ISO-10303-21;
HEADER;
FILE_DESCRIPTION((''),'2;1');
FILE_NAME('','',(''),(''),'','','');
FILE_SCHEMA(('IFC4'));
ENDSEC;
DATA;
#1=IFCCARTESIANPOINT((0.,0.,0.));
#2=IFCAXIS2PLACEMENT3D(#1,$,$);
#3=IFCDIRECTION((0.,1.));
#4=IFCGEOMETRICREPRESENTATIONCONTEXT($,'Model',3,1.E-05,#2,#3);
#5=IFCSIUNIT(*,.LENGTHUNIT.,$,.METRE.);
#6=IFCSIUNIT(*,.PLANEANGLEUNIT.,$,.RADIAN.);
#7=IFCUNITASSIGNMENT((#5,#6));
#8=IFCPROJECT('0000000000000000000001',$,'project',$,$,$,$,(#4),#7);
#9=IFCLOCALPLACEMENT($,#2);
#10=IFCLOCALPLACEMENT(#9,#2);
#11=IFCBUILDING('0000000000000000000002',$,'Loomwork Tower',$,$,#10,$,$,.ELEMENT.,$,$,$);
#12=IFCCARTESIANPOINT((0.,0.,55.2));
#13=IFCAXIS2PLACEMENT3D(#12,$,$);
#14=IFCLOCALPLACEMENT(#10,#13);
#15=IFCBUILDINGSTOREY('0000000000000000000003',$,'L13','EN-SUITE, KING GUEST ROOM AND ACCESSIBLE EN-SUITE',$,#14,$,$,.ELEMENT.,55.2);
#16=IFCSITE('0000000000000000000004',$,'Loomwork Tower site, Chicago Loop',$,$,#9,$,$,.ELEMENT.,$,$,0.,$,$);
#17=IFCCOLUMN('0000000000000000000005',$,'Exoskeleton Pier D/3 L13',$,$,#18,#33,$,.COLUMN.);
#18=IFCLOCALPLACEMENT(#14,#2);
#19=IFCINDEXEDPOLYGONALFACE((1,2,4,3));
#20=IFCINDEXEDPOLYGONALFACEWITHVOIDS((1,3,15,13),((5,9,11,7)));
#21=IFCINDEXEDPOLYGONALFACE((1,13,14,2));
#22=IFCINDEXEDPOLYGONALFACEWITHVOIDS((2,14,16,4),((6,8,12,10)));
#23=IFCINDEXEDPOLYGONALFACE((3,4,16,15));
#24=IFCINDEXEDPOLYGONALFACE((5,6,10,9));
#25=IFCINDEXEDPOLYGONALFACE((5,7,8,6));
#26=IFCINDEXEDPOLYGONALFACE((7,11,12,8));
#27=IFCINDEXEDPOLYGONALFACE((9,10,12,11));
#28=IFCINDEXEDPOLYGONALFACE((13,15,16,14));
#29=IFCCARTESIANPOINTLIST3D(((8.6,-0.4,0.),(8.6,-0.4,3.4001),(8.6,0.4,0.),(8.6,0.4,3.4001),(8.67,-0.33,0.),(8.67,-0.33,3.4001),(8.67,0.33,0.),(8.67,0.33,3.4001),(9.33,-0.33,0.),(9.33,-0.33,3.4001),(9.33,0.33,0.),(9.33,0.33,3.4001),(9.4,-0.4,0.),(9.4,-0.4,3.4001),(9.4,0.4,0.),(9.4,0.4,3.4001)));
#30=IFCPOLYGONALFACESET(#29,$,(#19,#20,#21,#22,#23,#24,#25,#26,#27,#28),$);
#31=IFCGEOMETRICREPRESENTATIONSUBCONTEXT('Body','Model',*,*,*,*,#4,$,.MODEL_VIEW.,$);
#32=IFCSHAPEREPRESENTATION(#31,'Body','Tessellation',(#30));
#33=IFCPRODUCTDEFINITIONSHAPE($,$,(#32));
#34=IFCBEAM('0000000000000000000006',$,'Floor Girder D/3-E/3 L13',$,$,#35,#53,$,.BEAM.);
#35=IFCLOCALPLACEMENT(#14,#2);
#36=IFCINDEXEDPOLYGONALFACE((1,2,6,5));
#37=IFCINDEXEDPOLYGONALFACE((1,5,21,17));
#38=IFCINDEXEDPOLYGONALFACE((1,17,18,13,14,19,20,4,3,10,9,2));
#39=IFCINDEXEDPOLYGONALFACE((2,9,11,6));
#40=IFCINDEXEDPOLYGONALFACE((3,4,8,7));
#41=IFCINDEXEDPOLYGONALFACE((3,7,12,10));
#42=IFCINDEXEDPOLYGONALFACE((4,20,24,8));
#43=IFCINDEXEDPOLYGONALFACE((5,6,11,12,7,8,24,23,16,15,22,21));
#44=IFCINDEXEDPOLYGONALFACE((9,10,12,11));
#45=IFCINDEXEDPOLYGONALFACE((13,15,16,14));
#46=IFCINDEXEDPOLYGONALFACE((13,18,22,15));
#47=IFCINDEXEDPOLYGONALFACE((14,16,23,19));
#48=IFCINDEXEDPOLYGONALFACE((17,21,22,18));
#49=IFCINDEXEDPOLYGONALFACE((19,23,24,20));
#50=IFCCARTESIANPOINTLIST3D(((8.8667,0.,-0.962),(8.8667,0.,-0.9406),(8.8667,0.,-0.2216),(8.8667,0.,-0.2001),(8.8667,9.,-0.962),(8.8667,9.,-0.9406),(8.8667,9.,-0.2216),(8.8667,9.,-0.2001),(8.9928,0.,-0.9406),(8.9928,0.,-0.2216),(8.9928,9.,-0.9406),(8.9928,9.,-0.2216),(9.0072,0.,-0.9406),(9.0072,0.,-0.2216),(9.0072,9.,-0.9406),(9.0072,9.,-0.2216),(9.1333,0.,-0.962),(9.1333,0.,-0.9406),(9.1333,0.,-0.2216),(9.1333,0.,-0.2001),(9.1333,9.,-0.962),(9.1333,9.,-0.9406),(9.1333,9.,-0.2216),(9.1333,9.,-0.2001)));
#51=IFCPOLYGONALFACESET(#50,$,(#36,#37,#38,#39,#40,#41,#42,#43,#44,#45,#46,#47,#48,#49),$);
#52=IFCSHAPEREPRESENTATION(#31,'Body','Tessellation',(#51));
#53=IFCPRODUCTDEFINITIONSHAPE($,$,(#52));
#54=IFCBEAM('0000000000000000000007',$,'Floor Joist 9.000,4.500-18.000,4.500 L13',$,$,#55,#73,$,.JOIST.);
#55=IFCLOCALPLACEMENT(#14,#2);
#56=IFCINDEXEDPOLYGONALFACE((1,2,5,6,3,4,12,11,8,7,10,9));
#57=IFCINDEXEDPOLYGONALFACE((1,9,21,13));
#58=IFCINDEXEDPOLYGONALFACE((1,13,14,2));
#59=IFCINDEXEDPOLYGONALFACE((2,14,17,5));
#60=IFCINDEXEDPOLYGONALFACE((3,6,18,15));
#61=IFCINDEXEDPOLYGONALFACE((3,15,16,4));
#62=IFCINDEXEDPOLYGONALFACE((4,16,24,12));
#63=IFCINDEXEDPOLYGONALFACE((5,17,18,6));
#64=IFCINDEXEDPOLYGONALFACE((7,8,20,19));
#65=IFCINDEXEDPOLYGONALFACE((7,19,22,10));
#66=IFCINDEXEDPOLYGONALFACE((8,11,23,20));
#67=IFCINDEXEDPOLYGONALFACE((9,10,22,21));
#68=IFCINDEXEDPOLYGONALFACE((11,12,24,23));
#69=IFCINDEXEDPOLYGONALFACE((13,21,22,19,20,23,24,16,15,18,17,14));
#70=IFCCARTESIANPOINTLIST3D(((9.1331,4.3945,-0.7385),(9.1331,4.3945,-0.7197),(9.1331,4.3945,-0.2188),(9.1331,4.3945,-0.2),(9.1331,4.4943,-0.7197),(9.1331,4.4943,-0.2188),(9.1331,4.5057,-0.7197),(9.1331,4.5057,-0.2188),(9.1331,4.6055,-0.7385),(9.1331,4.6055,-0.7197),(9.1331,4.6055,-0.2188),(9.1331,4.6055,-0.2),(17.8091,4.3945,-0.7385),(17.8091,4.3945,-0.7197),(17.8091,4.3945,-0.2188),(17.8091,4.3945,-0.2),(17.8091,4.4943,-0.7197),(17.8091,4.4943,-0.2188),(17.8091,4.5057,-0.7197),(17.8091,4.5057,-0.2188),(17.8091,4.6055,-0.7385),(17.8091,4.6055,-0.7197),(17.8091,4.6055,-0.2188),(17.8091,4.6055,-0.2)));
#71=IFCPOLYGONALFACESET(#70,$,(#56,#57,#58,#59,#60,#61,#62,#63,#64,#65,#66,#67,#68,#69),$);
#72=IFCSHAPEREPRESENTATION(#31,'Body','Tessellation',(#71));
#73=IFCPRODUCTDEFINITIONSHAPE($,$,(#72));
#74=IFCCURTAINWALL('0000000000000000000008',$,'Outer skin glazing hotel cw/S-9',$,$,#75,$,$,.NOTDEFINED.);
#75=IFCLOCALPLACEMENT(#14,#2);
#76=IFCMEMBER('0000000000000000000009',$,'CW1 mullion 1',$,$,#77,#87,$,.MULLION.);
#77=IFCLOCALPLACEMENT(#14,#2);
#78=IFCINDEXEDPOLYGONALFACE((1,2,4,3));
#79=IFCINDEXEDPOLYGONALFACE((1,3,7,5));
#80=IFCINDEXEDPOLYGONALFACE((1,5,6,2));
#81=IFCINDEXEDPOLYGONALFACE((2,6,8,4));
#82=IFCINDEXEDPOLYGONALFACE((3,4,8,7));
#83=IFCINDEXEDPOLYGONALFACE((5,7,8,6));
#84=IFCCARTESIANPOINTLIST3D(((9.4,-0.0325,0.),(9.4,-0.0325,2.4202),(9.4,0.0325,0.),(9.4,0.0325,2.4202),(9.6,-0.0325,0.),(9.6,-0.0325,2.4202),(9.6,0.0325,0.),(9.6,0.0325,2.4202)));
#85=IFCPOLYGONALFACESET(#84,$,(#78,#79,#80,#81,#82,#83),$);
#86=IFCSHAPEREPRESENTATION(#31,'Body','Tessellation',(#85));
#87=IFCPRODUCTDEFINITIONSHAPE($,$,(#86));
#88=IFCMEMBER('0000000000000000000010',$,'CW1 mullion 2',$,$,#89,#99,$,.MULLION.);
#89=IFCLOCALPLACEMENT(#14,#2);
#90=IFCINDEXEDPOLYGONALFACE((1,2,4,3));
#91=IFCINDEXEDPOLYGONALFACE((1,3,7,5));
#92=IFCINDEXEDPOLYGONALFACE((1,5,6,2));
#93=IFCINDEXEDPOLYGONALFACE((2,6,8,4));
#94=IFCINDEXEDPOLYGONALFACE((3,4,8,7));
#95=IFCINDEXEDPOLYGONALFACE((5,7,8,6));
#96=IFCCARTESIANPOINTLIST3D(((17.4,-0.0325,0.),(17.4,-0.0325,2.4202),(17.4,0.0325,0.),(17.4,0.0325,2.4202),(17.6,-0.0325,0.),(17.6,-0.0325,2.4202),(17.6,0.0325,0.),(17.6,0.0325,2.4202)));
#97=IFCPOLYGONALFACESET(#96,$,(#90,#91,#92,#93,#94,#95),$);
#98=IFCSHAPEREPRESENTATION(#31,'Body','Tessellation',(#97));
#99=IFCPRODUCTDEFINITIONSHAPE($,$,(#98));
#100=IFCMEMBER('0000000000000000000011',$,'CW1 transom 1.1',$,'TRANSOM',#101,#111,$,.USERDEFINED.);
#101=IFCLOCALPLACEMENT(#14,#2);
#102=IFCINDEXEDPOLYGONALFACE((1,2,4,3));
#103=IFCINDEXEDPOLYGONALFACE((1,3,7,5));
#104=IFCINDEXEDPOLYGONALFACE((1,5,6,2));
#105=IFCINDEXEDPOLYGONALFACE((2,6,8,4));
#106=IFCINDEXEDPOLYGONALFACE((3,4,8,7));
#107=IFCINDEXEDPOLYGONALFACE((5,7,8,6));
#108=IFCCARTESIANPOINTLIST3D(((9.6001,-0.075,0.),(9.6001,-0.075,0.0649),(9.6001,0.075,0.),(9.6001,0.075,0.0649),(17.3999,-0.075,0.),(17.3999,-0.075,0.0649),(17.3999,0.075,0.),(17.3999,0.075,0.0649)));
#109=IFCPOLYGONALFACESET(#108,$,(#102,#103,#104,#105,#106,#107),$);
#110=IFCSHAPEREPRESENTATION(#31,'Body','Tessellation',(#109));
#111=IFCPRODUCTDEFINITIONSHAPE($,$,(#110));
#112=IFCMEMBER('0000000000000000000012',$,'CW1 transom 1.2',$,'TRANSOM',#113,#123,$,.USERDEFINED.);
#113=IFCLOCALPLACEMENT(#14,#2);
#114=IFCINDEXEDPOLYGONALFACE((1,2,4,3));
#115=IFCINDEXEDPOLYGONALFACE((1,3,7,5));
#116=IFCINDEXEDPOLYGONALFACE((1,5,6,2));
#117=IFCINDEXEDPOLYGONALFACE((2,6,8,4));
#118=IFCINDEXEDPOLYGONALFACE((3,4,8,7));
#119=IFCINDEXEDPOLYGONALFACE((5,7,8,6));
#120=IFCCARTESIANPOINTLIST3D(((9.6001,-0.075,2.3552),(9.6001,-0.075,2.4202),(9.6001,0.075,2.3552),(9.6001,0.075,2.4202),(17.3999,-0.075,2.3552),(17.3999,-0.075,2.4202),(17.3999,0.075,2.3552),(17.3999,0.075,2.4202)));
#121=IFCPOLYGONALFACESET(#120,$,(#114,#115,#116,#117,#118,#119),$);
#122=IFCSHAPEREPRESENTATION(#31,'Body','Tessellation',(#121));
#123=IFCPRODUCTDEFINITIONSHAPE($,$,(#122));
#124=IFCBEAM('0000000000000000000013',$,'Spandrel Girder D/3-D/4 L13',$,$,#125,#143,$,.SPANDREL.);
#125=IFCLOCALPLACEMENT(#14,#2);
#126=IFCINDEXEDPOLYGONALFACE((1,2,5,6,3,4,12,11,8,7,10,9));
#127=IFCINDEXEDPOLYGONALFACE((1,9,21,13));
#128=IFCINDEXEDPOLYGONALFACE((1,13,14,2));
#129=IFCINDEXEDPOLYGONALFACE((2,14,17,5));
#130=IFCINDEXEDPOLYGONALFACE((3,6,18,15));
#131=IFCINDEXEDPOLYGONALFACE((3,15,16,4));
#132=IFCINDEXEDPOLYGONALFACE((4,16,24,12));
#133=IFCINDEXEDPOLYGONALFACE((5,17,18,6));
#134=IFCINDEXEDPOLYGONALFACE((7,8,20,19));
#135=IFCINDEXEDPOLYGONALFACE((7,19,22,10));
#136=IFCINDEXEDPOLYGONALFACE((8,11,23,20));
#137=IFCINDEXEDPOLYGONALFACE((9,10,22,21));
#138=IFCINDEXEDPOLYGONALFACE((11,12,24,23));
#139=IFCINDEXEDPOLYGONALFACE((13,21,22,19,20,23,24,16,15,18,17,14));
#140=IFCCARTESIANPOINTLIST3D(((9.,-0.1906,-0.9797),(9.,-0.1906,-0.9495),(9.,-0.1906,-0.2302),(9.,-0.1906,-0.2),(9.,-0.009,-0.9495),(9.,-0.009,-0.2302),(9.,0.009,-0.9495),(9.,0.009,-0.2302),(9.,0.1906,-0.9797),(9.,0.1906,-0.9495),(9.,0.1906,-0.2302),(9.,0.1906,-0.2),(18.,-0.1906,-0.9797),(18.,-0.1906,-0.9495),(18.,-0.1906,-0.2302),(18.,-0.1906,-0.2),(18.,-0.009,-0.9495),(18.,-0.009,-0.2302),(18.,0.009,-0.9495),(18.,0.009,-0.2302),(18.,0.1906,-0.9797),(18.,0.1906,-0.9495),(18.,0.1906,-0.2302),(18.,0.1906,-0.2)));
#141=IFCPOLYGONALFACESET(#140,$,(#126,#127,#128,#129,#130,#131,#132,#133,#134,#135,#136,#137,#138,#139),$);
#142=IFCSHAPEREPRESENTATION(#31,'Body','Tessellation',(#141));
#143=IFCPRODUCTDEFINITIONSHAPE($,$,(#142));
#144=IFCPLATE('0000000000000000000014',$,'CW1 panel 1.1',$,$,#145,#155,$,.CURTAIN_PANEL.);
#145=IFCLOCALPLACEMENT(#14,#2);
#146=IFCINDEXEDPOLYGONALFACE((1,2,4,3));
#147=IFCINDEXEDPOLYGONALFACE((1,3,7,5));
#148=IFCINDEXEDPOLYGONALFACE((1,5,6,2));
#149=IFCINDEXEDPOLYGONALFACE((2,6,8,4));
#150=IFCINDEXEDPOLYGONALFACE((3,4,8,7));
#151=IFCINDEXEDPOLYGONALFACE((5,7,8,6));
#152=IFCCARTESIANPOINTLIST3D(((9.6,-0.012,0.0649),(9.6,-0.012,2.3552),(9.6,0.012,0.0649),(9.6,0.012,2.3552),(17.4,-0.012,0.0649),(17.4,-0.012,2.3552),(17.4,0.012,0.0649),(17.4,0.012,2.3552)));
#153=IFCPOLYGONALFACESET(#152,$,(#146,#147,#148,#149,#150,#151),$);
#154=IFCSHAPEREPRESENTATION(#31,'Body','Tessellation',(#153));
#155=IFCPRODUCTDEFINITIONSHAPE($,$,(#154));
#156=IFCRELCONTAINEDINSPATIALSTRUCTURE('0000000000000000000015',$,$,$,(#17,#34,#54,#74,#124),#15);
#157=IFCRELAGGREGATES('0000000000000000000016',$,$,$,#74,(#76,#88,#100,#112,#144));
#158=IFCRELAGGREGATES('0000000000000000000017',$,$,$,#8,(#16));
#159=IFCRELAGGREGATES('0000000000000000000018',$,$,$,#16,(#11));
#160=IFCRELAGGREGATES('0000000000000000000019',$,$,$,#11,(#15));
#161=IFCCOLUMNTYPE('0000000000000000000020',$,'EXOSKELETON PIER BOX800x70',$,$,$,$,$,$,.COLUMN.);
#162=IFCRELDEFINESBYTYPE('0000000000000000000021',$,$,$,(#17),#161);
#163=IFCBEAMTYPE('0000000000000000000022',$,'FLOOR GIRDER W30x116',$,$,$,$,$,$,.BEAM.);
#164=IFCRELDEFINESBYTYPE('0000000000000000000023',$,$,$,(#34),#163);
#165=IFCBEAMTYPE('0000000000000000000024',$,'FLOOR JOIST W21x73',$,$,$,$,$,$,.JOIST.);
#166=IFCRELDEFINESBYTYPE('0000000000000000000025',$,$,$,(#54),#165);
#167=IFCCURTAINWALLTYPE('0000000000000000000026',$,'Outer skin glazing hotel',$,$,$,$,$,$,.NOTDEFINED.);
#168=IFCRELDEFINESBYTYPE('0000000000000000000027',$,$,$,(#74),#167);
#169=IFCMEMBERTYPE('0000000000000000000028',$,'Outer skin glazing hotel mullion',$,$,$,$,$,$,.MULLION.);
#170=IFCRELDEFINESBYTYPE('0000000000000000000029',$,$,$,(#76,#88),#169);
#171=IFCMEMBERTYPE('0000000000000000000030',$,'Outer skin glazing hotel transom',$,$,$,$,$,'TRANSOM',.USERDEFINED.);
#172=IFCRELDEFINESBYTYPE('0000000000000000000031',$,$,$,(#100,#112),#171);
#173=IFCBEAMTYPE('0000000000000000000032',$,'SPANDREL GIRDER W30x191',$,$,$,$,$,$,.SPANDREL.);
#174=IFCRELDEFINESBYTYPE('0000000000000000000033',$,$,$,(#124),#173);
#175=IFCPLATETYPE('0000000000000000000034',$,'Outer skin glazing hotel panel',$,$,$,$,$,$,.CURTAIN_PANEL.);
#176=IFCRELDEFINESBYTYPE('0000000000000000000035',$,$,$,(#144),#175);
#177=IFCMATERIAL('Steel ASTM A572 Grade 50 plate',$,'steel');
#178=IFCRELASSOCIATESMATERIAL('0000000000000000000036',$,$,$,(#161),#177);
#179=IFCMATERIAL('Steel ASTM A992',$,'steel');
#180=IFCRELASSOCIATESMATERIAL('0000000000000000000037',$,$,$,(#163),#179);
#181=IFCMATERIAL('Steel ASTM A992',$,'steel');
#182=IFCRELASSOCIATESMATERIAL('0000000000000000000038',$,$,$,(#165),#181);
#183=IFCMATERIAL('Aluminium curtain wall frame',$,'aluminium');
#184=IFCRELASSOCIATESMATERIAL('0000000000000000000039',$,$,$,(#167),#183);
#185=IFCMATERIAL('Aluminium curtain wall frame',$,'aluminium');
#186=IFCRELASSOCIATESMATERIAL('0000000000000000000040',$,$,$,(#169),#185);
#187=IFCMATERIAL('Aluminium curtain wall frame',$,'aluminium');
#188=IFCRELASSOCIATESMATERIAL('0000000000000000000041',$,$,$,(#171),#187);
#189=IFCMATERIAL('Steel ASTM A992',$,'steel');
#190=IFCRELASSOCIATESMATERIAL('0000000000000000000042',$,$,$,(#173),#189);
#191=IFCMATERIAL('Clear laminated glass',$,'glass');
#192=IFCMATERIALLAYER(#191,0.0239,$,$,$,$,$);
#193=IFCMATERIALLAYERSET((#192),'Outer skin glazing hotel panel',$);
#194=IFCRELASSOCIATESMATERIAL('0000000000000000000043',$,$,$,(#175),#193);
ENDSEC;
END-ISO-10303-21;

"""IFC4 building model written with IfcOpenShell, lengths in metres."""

from ifc_helpers import new_model, si_unit, direction, frame, origin, origin_2d, place, context, subcontext, project, spatial, rectangle, hollow_rectangle, i_section, extrude, material, layer, layer_set, material_profile, profile_set, type_object, element, aggregate, save


model = new_model("IFC4")

# Units and contexts
model_context = context("Model", 3, precision=1e-05, world=origin(), true_north=direction((0.0, 1.0)))
body_context = subcontext(model_context, "Body", "Model", "MODEL_VIEW")
ifc_project = project(units=[si_unit("LENGTHUNIT", "METRE"), si_unit("PLANEANGLEUNIT", "RADIAN")], contexts=[model_context])

# Site, building, storey
site_placement = place(None, origin())
site = spatial("IfcSite", under=ifc_project, at=site_placement, Name="Loomwork Tower site, Chicago Loop", CompositionType="ELEMENT", RefElevation=0.0)
building_placement = place(site_placement, origin())
building = spatial("IfcBuilding", under=site, at=building_placement, Name="Loomwork Tower", CompositionType="ELEMENT")
storey_placement = place(building_placement, frame((0.0, 0.0, 55.2)))
storey = spatial("IfcBuildingStorey", under=building, at=storey_placement, Name="L13", Description="EN-SUITE, KING GUEST ROOM AND ACCESSIBLE EN-SUITE", CompositionType="ELEMENT", Elevation=55.2)

# Column
ifc_material_1 = material(Name="Steel ASTM A572 Grade 50 plate", Category="steel")
ifc_material_profile_1 = material_profile(ifc_material_1, hollow_rectangle(XDim=0.8, YDim=0.8, WallThickness=0.0701, at=origin_2d()), Name="BOX800x70")
ifc_profile_set_1 = profile_set([ifc_material_profile_1], Name="Steel ASTM A572 Grade 50 plate")
column_type = type_object("IfcColumnType", Name="EXOSKELETON PIER BOX800x70", PredefinedType="COLUMN", material=ifc_profile_set_1)
column_placement = place(storey_placement, frame((9.0, 0.0, 0.0), z_axis=(0.0, 0.0, 1.0), x_axis=(1.0, 0.0, 0.0)))
element("IfcColumn", 1, at=column_placement, inside=storey, type_object=column_type, Name="Exoskeleton Pier D/3 L13", PredefinedType="COLUMN", context=body_context, shape_type="SweptSolid", body=[
    extrude(hollow_rectangle(XDim=0.8, YDim=0.8, WallThickness=0.0701, at=origin_2d()), origin(), (0.0, 0.0, 1.0), 3.4001),
])

# Beams
ifc_material_2 = material(Name="Steel ASTM A992", Category="steel")
ifc_material_profile_2 = material_profile(ifc_material_2, i_section(OverallWidth=0.2666, OverallDepth=0.762, WebThickness=0.0144, FlangeThickness=0.0215, at=origin_2d()), Name="W30x116")
ifc_profile_set_2 = profile_set([ifc_material_profile_2], Name="Steel ASTM A992")
beam_type_1 = type_object("IfcBeamType", Name="FLOOR GIRDER W30x116", PredefinedType="BEAM", material=ifc_profile_set_2)
beam_1_placement = place(storey_placement, frame((9.0, 0.0, -0.5811), z_axis=(0.0, 1.0, 0.0), x_axis=(-1.0, 0.0, 0.0)))
element("IfcBeam", 2, at=beam_1_placement, inside=storey, type_object=beam_type_1, Name="Floor Girder D/3-E/3 L13", PredefinedType="BEAM", context=body_context, shape_type="SweptSolid", body=[
    extrude(i_section(OverallWidth=0.2666, OverallDepth=0.762, WebThickness=0.0144, FlangeThickness=0.0215, at=origin_2d()), origin(), (0.0, 0.0, 1.0), 9.0),
])
ifc_material_3 = material(Name="Steel ASTM A992", Category="steel")
ifc_material_profile_3 = material_profile(ifc_material_3, i_section(OverallWidth=0.2109, OverallDepth=0.5386, WebThickness=0.0115, FlangeThickness=0.0188, at=origin_2d()), Name="W21x73")
ifc_profile_set_3 = profile_set([ifc_material_profile_3], Name="Steel ASTM A992")
beam_type_2 = type_object("IfcBeamType", Name="FLOOR JOIST W21x73", PredefinedType="JOIST", material=ifc_profile_set_3)
beam_2_placement = place(storey_placement, frame((9.1331, 4.5, -0.4692), z_axis=(1.0, 0.0, 0.0), x_axis=(0.0, 1.0, 0.0)))
element("IfcBeam", 3, at=beam_2_placement, inside=storey, type_object=beam_type_2, Name="Floor Joist 9.000,4.500-18.000,4.500 L13", PredefinedType="JOIST", context=body_context, shape_type="SweptSolid", body=[
    extrude(i_section(OverallWidth=0.2109, OverallDepth=0.5386, WebThickness=0.0115, FlangeThickness=0.0188, at=origin_2d()), origin(), (0.0, 0.0, 1.0), 8.676),
])

# Curtain wall, members
ifc_material_4 = material(Name="Aluminium curtain wall frame", Category="aluminium")
curtain_wall_type = type_object("IfcCurtainWallType", Name="Outer skin glazing hotel", PredefinedType="NOTDEFINED", material=ifc_material_4)
curtain_wall_placement = place(storey_placement, origin())
curtain_wall = element("IfcCurtainWall", 4, at=curtain_wall_placement, inside=storey, type_object=curtain_wall_type, Name="Outer skin glazing hotel cw/S-9", PredefinedType="NOTDEFINED")
ifc_material_5 = material(Name="Aluminium curtain wall frame", Category="aluminium")
ifc_material_profile_4 = material_profile(ifc_material_5, rectangle(XDim=0.0649, YDim=0.2, at=origin_2d()), Name="AL 65x200")
ifc_profile_set_4 = profile_set([ifc_material_profile_4], Name="Aluminium curtain wall frame")
member_type_1 = type_object("IfcMemberType", Name="Outer skin glazing hotel mullion", PredefinedType="MULLION", material=ifc_profile_set_4)
member_1_placement = place(storey_placement, frame((9.5, 0.0, 0.0), z_axis=(0.0, 0.0, 1.0), x_axis=(0.0, 1.0, 0.0)))
member_1 = element("IfcMember", 5, at=member_1_placement, type_object=member_type_1, Name="CW1 mullion 1", PredefinedType="MULLION", context=body_context, shape_type="SweptSolid", body=[
    extrude(rectangle(XDim=0.0649, YDim=0.2, at=origin_2d()), origin(), (0.0, 0.0, 1.0), 2.4202),
])
member_2_placement = place(storey_placement, frame((17.5, 0.0, 0.0), z_axis=(0.0, 0.0, 1.0), x_axis=(0.0, 1.0, 0.0)))
member_2 = element("IfcMember", 6, at=member_2_placement, type_object=member_type_1, Name="CW1 mullion 2", PredefinedType="MULLION", context=body_context, shape_type="SweptSolid", body=[
    extrude(rectangle(XDim=0.0649, YDim=0.2, at=origin_2d()), origin(), (0.0, 0.0, 1.0), 2.4202),
])
ifc_material_6 = material(Name="Aluminium curtain wall frame", Category="aluminium")
ifc_material_profile_5 = material_profile(ifc_material_6, rectangle(XDim=0.1499, YDim=0.0649, at=origin_2d()), Name="AL 65x150")
ifc_profile_set_5 = profile_set([ifc_material_profile_5], Name="Aluminium curtain wall frame")
member_type_2 = type_object("IfcMemberType", Name="Outer skin glazing hotel transom", ElementType="TRANSOM", PredefinedType="USERDEFINED", material=ifc_profile_set_5)
member_3_placement = place(storey_placement, frame((9.6001, 0.0, 0.0325), z_axis=(1.0, 0.0, 0.0), x_axis=(0.0, 1.0, 0.0)))
member_3 = element("IfcMember", 7, at=member_3_placement, type_object=member_type_2, Name="CW1 transom 1.1", ObjectType="TRANSOM", PredefinedType="USERDEFINED", context=body_context, shape_type="SweptSolid", body=[
    extrude(rectangle(XDim=0.1499, YDim=0.0649, at=origin_2d()), origin(), (0.0, 0.0, 1.0), 7.7998),
])
member_4_placement = place(storey_placement, frame((9.6001, 0.0, 2.3877), z_axis=(1.0, 0.0, 0.0), x_axis=(0.0, 1.0, 0.0)))
member_4 = element("IfcMember", 8, at=member_4_placement, type_object=member_type_2, Name="CW1 transom 1.2", ObjectType="TRANSOM", PredefinedType="USERDEFINED", context=body_context, shape_type="SweptSolid", body=[
    extrude(rectangle(XDim=0.1499, YDim=0.0649, at=origin_2d()), origin(), (0.0, 0.0, 1.0), 7.7998),
])

# Beam
ifc_material_7 = material(Name="Steel ASTM A992", Category="steel")
ifc_material_profile_6 = material_profile(ifc_material_7, i_section(OverallWidth=0.3811, OverallDepth=0.7798, WebThickness=0.0181, FlangeThickness=0.0303, at=origin_2d()), Name="W30x191")
ifc_profile_set_6 = profile_set([ifc_material_profile_6], Name="Steel ASTM A992")
beam_type_3 = type_object("IfcBeamType", Name="SPANDREL GIRDER W30x191", PredefinedType="SPANDREL", material=ifc_profile_set_6)
beam_3_placement = place(storey_placement, frame((9.0, 0.0, -0.5898), z_axis=(1.0, 0.0, 0.0), x_axis=(0.0, 1.0, 0.0)))
element("IfcBeam", 9, at=beam_3_placement, inside=storey, type_object=beam_type_3, Name="Spandrel Girder D/3-D/4 L13", PredefinedType="SPANDREL", context=body_context, shape_type="SweptSolid", body=[
    extrude(i_section(OverallWidth=0.3811, OverallDepth=0.7798, WebThickness=0.0181, FlangeThickness=0.0303, at=origin_2d()), origin(), (0.0, 0.0, 1.0), 9.0),
])

# Plate
ifc_material_8 = material(Name="Clear laminated glass", Category="glass")
ifc_layer_1 = layer(ifc_material_8, 0.0239)
ifc_layer_set_1 = layer_set([ifc_layer_1], Name="Outer skin glazing hotel panel")
plate_type = type_object("IfcPlateType", Name="Outer skin glazing hotel panel", PredefinedType="CURTAIN_PANEL", material=ifc_layer_set_1)
plate_placement = place(storey_placement, frame((13.5, 0.0, 0.0649), z_axis=(0.0, 0.0, 1.0), x_axis=(1.0, 0.0, 0.0)))
plate = element("IfcPlate", 10, at=plate_placement, type_object=plate_type, Name="CW1 panel 1.1", PredefinedType="CURTAIN_PANEL", context=body_context, shape_type="SweptSolid", body=[
    extrude(rectangle(XDim=7.8, YDim=0.0239, at=origin_2d()), origin(), (0.0, 0.0, 1.0), 2.2903),
])
aggregate(curtain_wall, [member_1, member_2, member_3, member_4, plate])

save(model, "model.ifc")
